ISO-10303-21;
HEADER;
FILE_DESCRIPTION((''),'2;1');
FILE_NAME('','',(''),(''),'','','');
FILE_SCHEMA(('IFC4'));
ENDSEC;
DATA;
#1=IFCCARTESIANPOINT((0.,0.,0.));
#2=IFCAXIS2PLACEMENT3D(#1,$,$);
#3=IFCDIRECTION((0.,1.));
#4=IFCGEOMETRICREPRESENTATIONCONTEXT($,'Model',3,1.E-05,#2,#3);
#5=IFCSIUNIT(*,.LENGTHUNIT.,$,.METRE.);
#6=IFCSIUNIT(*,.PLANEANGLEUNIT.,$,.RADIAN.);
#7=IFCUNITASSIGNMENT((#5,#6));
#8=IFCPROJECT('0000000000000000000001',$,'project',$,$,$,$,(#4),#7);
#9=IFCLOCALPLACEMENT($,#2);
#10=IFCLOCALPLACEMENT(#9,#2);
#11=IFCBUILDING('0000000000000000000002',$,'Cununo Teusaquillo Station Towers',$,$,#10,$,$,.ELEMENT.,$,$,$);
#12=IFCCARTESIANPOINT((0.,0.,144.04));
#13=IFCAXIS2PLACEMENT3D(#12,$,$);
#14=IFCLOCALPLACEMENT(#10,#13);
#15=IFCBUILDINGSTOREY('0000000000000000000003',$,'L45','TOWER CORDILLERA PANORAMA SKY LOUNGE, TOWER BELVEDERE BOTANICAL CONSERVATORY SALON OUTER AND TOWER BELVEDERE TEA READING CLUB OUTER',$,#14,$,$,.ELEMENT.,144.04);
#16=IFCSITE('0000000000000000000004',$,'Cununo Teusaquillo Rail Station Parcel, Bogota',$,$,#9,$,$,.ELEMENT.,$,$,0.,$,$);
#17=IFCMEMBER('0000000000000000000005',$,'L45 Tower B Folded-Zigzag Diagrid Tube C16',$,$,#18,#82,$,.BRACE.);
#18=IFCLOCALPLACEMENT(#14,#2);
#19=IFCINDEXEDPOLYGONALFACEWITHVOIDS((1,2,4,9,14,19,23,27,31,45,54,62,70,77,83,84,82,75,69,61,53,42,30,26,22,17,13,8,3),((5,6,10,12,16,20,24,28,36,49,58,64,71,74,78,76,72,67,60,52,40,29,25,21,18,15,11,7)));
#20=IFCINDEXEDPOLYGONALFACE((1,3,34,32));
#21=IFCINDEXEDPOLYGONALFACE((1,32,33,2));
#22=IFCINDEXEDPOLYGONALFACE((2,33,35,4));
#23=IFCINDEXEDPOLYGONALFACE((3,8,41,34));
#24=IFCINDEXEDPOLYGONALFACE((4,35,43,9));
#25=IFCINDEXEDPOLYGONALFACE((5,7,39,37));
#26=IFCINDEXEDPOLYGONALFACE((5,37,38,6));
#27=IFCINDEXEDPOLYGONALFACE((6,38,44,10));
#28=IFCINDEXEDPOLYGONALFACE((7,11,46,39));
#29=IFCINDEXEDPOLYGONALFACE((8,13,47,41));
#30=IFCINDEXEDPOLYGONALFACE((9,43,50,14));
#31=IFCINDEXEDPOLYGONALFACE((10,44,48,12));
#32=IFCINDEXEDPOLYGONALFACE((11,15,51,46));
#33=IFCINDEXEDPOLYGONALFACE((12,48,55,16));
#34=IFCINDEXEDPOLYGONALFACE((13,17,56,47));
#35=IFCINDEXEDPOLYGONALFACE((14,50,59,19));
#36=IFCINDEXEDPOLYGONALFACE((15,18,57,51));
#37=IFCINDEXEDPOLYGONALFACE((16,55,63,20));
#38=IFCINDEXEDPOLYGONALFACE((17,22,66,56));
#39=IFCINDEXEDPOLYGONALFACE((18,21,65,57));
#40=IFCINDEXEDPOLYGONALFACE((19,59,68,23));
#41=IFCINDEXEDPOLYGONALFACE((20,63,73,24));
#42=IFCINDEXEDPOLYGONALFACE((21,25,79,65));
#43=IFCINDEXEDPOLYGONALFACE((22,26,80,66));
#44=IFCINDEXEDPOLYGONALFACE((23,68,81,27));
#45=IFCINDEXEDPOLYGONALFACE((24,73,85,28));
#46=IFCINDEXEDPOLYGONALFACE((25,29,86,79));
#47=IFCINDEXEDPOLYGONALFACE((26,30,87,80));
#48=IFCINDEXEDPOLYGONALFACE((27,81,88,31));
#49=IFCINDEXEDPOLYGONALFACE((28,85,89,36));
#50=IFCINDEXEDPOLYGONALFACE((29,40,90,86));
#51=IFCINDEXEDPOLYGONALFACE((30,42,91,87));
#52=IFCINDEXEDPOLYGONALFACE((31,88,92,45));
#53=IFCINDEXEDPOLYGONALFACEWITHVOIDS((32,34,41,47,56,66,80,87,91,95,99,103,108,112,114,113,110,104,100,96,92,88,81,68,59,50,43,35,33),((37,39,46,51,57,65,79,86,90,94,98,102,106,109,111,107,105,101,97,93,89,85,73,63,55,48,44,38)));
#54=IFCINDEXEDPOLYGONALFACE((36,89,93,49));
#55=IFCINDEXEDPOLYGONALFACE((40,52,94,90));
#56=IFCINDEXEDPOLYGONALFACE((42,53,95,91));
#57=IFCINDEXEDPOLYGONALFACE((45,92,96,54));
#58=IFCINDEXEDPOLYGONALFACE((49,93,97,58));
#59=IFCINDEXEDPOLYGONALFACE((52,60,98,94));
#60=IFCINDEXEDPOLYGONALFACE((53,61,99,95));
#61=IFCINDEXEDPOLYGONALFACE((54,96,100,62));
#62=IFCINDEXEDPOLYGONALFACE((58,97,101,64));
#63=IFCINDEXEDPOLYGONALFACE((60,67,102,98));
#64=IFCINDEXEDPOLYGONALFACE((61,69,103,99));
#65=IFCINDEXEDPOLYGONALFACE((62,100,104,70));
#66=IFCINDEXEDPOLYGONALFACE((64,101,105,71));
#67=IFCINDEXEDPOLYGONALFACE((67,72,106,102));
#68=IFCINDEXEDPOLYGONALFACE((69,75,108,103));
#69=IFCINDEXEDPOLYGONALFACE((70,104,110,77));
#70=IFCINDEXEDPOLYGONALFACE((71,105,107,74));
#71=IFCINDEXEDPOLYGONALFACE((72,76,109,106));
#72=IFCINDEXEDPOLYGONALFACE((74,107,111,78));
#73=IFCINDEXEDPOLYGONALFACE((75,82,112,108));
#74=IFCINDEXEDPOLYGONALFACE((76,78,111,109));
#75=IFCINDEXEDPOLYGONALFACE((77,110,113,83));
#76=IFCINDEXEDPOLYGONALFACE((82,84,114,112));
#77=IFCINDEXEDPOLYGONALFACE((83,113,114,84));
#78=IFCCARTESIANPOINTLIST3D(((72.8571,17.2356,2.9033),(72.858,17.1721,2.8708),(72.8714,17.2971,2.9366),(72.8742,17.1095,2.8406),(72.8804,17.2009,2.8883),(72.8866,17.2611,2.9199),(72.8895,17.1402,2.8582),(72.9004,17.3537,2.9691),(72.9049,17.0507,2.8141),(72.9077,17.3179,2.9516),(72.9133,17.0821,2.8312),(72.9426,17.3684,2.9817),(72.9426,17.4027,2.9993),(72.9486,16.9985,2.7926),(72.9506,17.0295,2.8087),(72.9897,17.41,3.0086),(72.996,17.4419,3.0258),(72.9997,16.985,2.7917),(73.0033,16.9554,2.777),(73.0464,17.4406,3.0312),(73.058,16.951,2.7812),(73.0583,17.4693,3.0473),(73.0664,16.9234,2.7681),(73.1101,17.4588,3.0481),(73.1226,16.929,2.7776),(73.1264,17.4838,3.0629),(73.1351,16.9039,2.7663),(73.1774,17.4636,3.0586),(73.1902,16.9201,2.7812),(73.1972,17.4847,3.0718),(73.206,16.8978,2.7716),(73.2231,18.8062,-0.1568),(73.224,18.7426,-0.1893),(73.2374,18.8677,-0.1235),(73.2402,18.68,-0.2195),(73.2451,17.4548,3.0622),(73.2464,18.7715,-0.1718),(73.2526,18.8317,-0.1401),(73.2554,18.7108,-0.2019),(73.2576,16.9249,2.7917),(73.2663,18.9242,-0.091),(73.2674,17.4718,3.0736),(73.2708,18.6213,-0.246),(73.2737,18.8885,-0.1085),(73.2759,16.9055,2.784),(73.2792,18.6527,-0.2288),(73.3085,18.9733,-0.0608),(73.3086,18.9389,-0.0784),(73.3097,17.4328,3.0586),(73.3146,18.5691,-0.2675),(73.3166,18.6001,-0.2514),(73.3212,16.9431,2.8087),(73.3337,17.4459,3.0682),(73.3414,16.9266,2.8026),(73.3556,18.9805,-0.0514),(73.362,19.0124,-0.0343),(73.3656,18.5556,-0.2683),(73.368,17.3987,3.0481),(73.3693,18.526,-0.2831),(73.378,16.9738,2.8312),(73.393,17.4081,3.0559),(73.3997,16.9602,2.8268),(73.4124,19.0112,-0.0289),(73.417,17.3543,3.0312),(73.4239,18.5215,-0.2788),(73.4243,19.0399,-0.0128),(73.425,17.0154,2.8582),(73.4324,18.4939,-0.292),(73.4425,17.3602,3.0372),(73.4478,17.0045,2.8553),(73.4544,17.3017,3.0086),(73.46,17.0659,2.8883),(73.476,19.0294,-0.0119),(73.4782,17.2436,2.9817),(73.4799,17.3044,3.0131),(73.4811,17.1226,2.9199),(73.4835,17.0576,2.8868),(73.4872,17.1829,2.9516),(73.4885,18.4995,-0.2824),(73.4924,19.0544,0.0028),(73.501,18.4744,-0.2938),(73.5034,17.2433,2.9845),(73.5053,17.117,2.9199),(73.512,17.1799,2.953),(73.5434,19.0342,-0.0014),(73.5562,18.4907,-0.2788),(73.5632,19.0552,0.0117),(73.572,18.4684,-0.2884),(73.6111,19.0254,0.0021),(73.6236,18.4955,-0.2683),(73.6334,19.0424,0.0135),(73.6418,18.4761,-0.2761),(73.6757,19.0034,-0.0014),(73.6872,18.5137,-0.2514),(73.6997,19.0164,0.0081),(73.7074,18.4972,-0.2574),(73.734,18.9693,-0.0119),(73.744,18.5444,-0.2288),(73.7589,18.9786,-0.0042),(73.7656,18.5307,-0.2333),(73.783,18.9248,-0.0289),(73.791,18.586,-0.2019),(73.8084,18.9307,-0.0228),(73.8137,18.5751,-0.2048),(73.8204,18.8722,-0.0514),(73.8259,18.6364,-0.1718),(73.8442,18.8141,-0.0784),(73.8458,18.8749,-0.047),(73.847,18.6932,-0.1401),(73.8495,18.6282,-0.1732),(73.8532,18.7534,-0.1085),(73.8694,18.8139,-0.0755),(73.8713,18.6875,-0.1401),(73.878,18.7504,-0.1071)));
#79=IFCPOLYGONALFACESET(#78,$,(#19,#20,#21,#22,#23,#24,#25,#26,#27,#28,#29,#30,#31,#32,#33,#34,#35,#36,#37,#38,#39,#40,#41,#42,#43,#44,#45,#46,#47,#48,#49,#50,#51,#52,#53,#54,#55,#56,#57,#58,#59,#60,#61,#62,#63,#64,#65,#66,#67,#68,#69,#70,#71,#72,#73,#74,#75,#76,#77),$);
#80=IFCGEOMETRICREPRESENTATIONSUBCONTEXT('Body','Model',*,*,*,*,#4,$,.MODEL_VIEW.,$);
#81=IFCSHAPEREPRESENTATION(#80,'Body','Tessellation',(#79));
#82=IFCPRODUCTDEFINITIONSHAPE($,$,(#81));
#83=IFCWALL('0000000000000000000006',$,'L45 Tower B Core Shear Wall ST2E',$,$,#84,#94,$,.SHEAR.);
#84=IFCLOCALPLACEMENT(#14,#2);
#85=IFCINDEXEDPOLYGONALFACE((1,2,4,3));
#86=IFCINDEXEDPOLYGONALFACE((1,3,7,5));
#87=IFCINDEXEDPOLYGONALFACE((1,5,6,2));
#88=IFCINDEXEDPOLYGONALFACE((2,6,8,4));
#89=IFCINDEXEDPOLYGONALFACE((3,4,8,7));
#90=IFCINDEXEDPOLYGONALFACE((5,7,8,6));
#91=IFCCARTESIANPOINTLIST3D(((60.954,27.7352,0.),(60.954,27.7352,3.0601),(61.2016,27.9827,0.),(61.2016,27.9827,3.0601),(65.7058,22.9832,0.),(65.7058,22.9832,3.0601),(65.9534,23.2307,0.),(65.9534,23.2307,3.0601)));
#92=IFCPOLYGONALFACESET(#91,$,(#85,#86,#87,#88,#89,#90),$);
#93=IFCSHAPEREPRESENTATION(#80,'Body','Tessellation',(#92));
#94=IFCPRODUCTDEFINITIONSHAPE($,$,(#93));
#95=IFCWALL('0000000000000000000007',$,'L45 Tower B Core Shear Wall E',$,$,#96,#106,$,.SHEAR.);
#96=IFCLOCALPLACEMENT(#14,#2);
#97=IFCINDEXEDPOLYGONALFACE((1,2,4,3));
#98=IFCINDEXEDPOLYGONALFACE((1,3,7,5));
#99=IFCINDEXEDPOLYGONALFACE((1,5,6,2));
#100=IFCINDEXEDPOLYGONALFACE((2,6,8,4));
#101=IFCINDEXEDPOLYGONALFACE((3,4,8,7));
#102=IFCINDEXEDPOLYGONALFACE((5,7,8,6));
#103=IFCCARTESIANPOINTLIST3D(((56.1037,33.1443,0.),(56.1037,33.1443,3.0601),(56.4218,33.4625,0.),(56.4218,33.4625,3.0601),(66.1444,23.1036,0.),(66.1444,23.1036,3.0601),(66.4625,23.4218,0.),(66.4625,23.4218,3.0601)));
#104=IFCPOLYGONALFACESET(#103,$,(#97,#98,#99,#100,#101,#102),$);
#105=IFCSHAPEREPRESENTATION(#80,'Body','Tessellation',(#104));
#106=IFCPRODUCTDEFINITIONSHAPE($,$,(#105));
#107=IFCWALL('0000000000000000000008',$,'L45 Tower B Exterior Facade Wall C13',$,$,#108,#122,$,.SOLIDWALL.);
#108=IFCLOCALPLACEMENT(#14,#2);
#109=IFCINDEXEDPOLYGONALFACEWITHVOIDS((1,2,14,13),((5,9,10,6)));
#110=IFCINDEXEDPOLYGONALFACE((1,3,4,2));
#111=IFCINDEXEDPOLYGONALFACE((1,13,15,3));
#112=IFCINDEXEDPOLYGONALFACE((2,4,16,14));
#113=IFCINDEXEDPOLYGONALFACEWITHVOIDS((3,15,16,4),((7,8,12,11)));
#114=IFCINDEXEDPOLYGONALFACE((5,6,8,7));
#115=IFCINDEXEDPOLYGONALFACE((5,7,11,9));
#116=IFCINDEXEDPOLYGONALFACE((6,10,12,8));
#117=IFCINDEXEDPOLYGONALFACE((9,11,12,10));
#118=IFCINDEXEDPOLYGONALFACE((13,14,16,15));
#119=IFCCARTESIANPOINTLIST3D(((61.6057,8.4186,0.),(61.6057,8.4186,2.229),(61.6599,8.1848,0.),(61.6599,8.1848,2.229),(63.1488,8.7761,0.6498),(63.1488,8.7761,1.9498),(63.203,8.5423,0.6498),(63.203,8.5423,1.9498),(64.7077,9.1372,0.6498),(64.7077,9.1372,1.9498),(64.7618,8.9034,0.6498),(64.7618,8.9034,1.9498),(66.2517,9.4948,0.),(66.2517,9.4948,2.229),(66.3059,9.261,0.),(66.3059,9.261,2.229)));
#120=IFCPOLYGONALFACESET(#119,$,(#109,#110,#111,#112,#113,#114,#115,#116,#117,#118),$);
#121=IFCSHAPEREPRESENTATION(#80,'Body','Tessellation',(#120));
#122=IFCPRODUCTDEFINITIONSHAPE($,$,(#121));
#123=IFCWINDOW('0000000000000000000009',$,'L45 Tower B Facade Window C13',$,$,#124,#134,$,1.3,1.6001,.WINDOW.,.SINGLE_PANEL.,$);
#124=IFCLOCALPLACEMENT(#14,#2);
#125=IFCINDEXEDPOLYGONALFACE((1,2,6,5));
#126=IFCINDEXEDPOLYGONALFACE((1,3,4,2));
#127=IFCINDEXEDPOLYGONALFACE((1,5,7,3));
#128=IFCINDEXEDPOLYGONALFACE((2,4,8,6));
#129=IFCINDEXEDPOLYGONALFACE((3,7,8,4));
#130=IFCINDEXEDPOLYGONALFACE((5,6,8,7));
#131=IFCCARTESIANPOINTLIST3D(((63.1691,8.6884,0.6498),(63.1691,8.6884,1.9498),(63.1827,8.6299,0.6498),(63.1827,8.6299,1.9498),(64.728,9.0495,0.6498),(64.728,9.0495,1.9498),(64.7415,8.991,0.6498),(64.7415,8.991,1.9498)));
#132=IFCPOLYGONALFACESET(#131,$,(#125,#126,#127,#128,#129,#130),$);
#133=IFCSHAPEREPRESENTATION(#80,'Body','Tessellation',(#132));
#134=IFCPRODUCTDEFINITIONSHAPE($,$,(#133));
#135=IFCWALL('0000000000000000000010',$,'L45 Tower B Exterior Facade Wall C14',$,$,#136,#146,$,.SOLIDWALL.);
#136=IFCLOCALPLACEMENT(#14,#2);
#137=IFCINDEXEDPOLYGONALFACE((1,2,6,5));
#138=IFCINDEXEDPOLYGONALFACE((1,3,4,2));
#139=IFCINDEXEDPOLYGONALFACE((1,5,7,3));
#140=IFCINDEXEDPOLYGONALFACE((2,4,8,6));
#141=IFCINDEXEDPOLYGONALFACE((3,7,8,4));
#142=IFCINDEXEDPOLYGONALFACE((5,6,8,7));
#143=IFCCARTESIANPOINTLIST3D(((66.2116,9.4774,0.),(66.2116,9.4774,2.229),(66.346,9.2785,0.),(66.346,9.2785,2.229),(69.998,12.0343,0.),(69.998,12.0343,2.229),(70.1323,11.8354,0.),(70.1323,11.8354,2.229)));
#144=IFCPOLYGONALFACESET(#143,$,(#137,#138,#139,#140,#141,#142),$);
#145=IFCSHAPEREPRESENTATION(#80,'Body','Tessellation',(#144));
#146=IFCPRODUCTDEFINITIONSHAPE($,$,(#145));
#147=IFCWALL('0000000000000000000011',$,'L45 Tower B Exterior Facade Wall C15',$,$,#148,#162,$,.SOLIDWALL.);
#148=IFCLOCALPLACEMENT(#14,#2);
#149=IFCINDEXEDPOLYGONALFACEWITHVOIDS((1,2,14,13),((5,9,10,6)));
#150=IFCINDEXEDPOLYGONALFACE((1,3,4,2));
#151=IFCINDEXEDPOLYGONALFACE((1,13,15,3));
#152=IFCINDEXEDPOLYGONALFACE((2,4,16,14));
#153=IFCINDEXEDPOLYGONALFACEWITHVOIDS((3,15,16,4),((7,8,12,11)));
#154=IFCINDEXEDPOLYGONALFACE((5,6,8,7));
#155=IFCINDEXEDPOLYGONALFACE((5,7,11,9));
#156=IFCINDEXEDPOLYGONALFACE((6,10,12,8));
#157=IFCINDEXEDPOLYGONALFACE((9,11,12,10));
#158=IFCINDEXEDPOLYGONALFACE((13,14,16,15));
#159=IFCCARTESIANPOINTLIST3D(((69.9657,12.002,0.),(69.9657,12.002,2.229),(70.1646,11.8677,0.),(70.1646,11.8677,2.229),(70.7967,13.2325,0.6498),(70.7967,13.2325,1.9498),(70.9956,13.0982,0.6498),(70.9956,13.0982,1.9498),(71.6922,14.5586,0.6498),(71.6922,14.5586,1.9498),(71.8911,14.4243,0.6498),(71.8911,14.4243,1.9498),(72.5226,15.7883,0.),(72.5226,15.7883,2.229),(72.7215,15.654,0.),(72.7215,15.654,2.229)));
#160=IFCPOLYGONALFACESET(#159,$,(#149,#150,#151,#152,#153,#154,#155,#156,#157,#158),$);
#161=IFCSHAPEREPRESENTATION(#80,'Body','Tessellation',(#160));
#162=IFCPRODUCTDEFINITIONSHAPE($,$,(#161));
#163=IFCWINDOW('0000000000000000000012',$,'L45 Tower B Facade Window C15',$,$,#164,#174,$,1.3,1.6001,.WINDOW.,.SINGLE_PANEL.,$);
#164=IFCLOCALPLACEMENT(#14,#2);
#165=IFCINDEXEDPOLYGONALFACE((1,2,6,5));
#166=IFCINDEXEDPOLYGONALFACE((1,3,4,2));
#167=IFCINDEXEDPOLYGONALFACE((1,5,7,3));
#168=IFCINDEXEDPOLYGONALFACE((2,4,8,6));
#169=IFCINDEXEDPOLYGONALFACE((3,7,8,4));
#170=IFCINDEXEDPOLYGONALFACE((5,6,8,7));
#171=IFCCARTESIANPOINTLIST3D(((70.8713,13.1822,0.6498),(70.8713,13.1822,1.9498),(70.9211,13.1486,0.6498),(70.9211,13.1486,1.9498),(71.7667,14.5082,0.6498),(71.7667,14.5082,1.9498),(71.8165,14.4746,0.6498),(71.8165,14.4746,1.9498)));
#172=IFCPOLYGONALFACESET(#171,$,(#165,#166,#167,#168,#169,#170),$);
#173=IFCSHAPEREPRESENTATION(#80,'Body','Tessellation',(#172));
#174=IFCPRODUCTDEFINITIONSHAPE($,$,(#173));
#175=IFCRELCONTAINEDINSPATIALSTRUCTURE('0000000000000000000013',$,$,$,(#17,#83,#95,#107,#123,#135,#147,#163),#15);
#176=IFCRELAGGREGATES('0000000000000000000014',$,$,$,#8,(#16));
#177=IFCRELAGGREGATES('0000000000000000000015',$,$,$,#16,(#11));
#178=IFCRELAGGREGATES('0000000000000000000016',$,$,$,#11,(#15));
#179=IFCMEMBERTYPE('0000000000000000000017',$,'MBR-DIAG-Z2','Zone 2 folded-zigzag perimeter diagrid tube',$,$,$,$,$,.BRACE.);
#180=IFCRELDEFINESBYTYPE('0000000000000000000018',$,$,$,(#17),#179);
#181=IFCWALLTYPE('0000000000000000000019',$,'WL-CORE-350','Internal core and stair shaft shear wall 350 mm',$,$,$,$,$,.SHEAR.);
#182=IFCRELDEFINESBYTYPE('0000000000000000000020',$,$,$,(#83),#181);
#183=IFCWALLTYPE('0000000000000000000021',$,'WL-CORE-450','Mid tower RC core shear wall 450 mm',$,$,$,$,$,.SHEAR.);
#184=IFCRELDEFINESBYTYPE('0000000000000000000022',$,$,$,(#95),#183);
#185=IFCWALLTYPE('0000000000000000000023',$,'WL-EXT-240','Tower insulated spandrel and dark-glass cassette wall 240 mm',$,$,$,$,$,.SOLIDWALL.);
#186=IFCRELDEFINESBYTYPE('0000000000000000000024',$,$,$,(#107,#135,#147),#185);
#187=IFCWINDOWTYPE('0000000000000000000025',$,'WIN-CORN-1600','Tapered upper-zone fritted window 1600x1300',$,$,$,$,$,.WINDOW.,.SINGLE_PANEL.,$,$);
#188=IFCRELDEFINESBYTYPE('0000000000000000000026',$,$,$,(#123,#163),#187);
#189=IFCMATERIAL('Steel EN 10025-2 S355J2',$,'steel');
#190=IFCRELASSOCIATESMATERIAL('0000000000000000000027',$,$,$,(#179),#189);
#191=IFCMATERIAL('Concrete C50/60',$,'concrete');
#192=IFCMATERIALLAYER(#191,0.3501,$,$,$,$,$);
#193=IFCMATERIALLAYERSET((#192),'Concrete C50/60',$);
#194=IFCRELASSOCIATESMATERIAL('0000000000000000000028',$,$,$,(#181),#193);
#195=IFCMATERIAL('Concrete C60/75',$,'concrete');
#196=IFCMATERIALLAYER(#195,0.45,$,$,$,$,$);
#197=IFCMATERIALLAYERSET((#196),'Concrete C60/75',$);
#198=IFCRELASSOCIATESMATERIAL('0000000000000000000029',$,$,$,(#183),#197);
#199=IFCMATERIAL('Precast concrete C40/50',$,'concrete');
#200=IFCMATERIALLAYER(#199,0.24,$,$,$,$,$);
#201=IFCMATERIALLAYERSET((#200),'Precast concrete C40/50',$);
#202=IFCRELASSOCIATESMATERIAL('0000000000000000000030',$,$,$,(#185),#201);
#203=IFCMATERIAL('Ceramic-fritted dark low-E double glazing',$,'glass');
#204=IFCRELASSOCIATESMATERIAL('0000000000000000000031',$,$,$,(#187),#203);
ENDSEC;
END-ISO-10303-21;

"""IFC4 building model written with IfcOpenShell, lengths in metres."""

from ifc_helpers import new_model, si_unit, direction, frame, frame_2d, origin, origin_2d, place, context, subcontext, project, spatial, rectangle, hollow_circle, extrude, source, transform, mapped, material, layer, layer_set, material_profile, profile_set, type_object, element, fill, save


model = new_model("IFC4")

# Units and contexts
model_context = context("Model", 3, precision=1e-05, world=origin(), true_north=direction((0.0, 1.0)))
body_context = subcontext(model_context, "Body", "Model", "MODEL_VIEW")
ifc_project = project(units=[si_unit("LENGTHUNIT", "METRE"), si_unit("PLANEANGLEUNIT", "RADIAN")], contexts=[model_context])

# Site, building, storey
site_placement = place(None, origin())
site = spatial("IfcSite", under=ifc_project, at=site_placement, Name="Cununo Teusaquillo Rail Station Parcel, Bogota", CompositionType="ELEMENT", RefElevation=0.0)
building_placement = place(site_placement, origin())
building = spatial("IfcBuilding", under=site, at=building_placement, Name="Cununo Teusaquillo Station Towers", CompositionType="ELEMENT")
storey_placement = place(building_placement, frame((0.0, 0.0, 144.04)))
storey = spatial("IfcBuildingStorey", under=building, at=storey_placement, Name="L45", Description="TOWER CORDILLERA PANORAMA SKY LOUNGE, TOWER BELVEDERE BOTANICAL CONSERVATORY SALON OUTER AND TOWER BELVEDERE TEA READING CLUB OUTER", CompositionType="ELEMENT", Elevation=144.04)

# Member
ifc_material_1 = material(Name="Steel EN 10025-2 S355J2", Category="steel")
ifc_material_profile_1 = material_profile(ifc_material_1, hollow_circle(Radius=0.3301, WallThickness=0.0249, at=origin_2d()), Name="CHS 660x25")
ifc_profile_set_1 = profile_set([ifc_material_profile_1], Name="Steel EN 10025-2 S355J2")
member_type = type_object("IfcMemberType", Name="MBR-DIAG-Z2", Description="Zone 2 folded-zigzag perimeter diagrid tube", PredefinedType="BRACE", material=ifc_profile_set_1)
member_1_placement = place(storey_placement, frame((73.5498, 18.7625, -0.1401), z_axis=(-0.105802, -0.454052, 0.884671), x_axis=(0.973909, -0.226938, 0.0)))
element("IfcMember", 1, at=member_1_placement, inside=storey, type_object=member_type, Name="L45 Tower B Folded-Zigzag Diagrid Tube C16", PredefinedType="BRACE", context=body_context, shape_type="SweptSolid", body=[
    extrude(hollow_circle(Radius=0.3301, WallThickness=0.0249, at=origin_2d()), origin(), (0.0, 0.0, 1.0), 3.459),
])

# Walls
ifc_material_2 = material(Name="Concrete C50/60", Category="concrete")
ifc_layer_1 = layer(ifc_material_2, 0.3501)
ifc_layer_set_1 = layer_set([ifc_layer_1], Name="Concrete C50/60")
wall_type_1 = type_object("IfcWallType", Name="WL-CORE-350", Description="Internal core and stair shaft shear wall 350 mm", PredefinedType="SHEAR", material=ifc_layer_set_1)
wall_1_placement = place(storey_placement, frame((65.8296, 23.1069, 0.0), z_axis=(0.0, 0.0, 1.0), x_axis=(-0.707089, 0.707125, 0.0)))
element("IfcWall", 2, at=wall_1_placement, inside=storey, type_object=wall_type_1, Name="L45 Tower B Core Shear Wall ST2E", PredefinedType="SHEAR", context=body_context, shape_type="SweptSolid", body=[
    extrude(rectangle(XDim=6.7202, YDim=0.3501, at=frame_2d((3.3601, 0.0))), origin(), (0.0, 0.0, 1.0), 3.0601),
])
ifc_material_3 = material(Name="Concrete C60/75", Category="concrete")
ifc_layer_2 = layer(ifc_material_3, 0.45)
ifc_layer_set_2 = layer_set([ifc_layer_2], Name="Concrete C60/75")
wall_type_2 = type_object("IfcWallType", Name="WL-CORE-450", Description="Mid tower RC core shear wall 450 mm", PredefinedType="SHEAR", material=ifc_layer_set_2)
wall_2_placement = place(storey_placement, frame((66.3035, 23.2627, 0.0), z_axis=(0.0, 0.0, 1.0), x_axis=(-0.707107, 0.707107, 0.0)))
element("IfcWall", 3, at=wall_2_placement, inside=storey, type_object=wall_type_2, Name="L45 Tower B Core Shear Wall E", PredefinedType="SHEAR", context=body_context, shape_type="SweptSolid", body=[
    extrude(rectangle(XDim=14.1997, YDim=0.45, at=frame_2d((7.0999, 0.0))), origin(), (0.0, 0.0, 1.0), 3.0601),
])

# Wall, opening, window
ifc_material_4 = material(Name="Precast concrete C40/50", Category="concrete")
ifc_layer_3 = layer(ifc_material_4, 0.24)
ifc_layer_set_3 = layer_set([ifc_layer_3], Name="Precast concrete C40/50")
wall_type_3 = type_object("IfcWallType", Name="WL-EXT-240", Description="Tower insulated spandrel and dark-glass cassette wall 240 mm", PredefinedType="SOLIDWALL", material=ifc_layer_set_3)
wall_3_placement = place(storey_placement, frame((66.2788, 9.3779, 0.0), z_axis=(0.0, 0.0, 1.0), x_axis=(-0.974206, -0.22566, 0.0)))
wall_3 = element("IfcWall", 4, at=wall_3_placement, inside=storey, type_object=wall_type_3, Name="L45 Tower B Exterior Facade Wall C13", PredefinedType="SOLIDWALL", context=body_context, shape_type="SweptSolid", body=[
    extrude(rectangle(XDim=4.769, YDim=0.24, at=frame_2d((2.3845, 0.0))), origin(), (0.0, 0.0, 1.0), 2.229),
])
shared_shape_1 = source(origin(), body_context, "Body", "SweptSolid", [
    extrude(rectangle(XDim=1.6001, YDim=1.3, at=frame_2d((0.8, 0.6499))), frame((0.0, 0.1299, 0.0), z_axis=(0.0, -1.0, 0.0), x_axis=(1.0, 0.0, 0.0)), (0.0, 0.0, 1.0), 0.26),
])
opening_1_placement = place(wall_3_placement, frame((1.585, 0.0, 0.6499)))
opening_1 = element("IfcOpeningElement", 5, at=opening_1_placement, cuts=wall_3, PredefinedType="OPENING", context=body_context, shape_type="MappedRepresentation", body=[
    mapped(shared_shape_1, transform((0.0, 0.0, 0.0), x_axis=(1.0, 0.0, 0.0), y_axis=(0.0, 1.0, 0.0), z_axis=(0.0, 0.0, 1.0), scale=1.0)),
])
ifc_material_5 = material(Name="Ceramic-fritted dark low-E double glazing", Category="glass")
window_type = type_object("IfcWindowType", Name="WIN-CORN-1600", Description="Tapered upper-zone fritted window 1600x1300", PartitioningType="SINGLE_PANEL", PredefinedType="WINDOW", material=ifc_material_5)
shared_shape_2 = source(origin(), body_context, "Body", "SweptSolid", [
    extrude(rectangle(XDim=1.6001, YDim=1.3, at=frame_2d((0.8, 0.6499))), frame((0.0, 0.03, 0.0), z_axis=(0.0, -1.0, 0.0), x_axis=(1.0, 0.0, 0.0)), (0.0, 0.0, 1.0), 0.0601),
])
window_1_placement = place(opening_1_placement, origin())
window_1 = element("IfcWindow", 6, at=window_1_placement, inside=storey, type_object=window_type, Name="L45 Tower B Facade Window C13", OverallHeight=1.3, OverallWidth=1.6001, PartitioningType="SINGLE_PANEL", PredefinedType="WINDOW", context=body_context, shape_type="MappedRepresentation", body=[
    mapped(shared_shape_2, transform((0.0, 0.0, 0.0), x_axis=(1.0, 0.0, 0.0), y_axis=(0.0, 1.0, 0.0), z_axis=(0.0, 0.0, 1.0), scale=1.0)),
])
fill(opening_1, window_1)

# Wall
wall_4_placement = place(storey_placement, frame((70.0652, 11.9348, 0.0), z_axis=(0.0, 0.0, 1.0), x_axis=(-0.828739, -0.559635, 0.0)))
element("IfcWall", 7, at=wall_4_placement, inside=storey, type_object=wall_type_3, Name="L45 Tower B Exterior Facade Wall C14", PredefinedType="SOLIDWALL", context=body_context, shape_type="SweptSolid", body=[
    extrude(rectangle(XDim=4.5688, YDim=0.24, at=frame_2d((2.2844, 0.0))), origin(), (0.0, 0.0, 1.0), 2.229),
])

# Wall, opening, window
wall_5_placement = place(storey_placement, frame((72.6221, 15.7212, 0.0), z_axis=(0.0, 0.0, 1.0), x_axis=(-0.559635, -0.828739, 0.0)))
wall_5 = element("IfcWall", 8, at=wall_5_placement, inside=storey, type_object=wall_type_3, Name="L45 Tower B Exterior Facade Wall C15", PredefinedType="SOLIDWALL", context=body_context, shape_type="SweptSolid", body=[
    extrude(rectangle(XDim=4.5688, YDim=0.24, at=frame_2d((2.2844, 0.0))), origin(), (0.0, 0.0, 1.0), 2.229),
])
opening_2_placement = place(wall_5_placement, frame((1.4839, 0.0, 0.6499)))
opening_2 = element("IfcOpeningElement", 9, at=opening_2_placement, cuts=wall_5, PredefinedType="OPENING", context=body_context, shape_type="MappedRepresentation", body=[
    mapped(shared_shape_1, transform((0.0, 0.0, 0.0), x_axis=(1.0, 0.0, 0.0), y_axis=(0.0, 1.0, 0.0), z_axis=(0.0, 0.0, 1.0), scale=1.0)),
])
window_2_placement = place(opening_2_placement, origin())
window_2 = element("IfcWindow", 10, at=window_2_placement, inside=storey, type_object=window_type, Name="L45 Tower B Facade Window C15", OverallHeight=1.3, OverallWidth=1.6001, PartitioningType="SINGLE_PANEL", PredefinedType="WINDOW", context=body_context, shape_type="MappedRepresentation", body=[
    mapped(shared_shape_2, transform((0.0, 0.0, 0.0), x_axis=(1.0, 0.0, 0.0), y_axis=(0.0, 1.0, 0.0), z_axis=(0.0, 0.0, 1.0), scale=1.0)),
])
fill(opening_2, window_2)

save(model, "model.ifc")
